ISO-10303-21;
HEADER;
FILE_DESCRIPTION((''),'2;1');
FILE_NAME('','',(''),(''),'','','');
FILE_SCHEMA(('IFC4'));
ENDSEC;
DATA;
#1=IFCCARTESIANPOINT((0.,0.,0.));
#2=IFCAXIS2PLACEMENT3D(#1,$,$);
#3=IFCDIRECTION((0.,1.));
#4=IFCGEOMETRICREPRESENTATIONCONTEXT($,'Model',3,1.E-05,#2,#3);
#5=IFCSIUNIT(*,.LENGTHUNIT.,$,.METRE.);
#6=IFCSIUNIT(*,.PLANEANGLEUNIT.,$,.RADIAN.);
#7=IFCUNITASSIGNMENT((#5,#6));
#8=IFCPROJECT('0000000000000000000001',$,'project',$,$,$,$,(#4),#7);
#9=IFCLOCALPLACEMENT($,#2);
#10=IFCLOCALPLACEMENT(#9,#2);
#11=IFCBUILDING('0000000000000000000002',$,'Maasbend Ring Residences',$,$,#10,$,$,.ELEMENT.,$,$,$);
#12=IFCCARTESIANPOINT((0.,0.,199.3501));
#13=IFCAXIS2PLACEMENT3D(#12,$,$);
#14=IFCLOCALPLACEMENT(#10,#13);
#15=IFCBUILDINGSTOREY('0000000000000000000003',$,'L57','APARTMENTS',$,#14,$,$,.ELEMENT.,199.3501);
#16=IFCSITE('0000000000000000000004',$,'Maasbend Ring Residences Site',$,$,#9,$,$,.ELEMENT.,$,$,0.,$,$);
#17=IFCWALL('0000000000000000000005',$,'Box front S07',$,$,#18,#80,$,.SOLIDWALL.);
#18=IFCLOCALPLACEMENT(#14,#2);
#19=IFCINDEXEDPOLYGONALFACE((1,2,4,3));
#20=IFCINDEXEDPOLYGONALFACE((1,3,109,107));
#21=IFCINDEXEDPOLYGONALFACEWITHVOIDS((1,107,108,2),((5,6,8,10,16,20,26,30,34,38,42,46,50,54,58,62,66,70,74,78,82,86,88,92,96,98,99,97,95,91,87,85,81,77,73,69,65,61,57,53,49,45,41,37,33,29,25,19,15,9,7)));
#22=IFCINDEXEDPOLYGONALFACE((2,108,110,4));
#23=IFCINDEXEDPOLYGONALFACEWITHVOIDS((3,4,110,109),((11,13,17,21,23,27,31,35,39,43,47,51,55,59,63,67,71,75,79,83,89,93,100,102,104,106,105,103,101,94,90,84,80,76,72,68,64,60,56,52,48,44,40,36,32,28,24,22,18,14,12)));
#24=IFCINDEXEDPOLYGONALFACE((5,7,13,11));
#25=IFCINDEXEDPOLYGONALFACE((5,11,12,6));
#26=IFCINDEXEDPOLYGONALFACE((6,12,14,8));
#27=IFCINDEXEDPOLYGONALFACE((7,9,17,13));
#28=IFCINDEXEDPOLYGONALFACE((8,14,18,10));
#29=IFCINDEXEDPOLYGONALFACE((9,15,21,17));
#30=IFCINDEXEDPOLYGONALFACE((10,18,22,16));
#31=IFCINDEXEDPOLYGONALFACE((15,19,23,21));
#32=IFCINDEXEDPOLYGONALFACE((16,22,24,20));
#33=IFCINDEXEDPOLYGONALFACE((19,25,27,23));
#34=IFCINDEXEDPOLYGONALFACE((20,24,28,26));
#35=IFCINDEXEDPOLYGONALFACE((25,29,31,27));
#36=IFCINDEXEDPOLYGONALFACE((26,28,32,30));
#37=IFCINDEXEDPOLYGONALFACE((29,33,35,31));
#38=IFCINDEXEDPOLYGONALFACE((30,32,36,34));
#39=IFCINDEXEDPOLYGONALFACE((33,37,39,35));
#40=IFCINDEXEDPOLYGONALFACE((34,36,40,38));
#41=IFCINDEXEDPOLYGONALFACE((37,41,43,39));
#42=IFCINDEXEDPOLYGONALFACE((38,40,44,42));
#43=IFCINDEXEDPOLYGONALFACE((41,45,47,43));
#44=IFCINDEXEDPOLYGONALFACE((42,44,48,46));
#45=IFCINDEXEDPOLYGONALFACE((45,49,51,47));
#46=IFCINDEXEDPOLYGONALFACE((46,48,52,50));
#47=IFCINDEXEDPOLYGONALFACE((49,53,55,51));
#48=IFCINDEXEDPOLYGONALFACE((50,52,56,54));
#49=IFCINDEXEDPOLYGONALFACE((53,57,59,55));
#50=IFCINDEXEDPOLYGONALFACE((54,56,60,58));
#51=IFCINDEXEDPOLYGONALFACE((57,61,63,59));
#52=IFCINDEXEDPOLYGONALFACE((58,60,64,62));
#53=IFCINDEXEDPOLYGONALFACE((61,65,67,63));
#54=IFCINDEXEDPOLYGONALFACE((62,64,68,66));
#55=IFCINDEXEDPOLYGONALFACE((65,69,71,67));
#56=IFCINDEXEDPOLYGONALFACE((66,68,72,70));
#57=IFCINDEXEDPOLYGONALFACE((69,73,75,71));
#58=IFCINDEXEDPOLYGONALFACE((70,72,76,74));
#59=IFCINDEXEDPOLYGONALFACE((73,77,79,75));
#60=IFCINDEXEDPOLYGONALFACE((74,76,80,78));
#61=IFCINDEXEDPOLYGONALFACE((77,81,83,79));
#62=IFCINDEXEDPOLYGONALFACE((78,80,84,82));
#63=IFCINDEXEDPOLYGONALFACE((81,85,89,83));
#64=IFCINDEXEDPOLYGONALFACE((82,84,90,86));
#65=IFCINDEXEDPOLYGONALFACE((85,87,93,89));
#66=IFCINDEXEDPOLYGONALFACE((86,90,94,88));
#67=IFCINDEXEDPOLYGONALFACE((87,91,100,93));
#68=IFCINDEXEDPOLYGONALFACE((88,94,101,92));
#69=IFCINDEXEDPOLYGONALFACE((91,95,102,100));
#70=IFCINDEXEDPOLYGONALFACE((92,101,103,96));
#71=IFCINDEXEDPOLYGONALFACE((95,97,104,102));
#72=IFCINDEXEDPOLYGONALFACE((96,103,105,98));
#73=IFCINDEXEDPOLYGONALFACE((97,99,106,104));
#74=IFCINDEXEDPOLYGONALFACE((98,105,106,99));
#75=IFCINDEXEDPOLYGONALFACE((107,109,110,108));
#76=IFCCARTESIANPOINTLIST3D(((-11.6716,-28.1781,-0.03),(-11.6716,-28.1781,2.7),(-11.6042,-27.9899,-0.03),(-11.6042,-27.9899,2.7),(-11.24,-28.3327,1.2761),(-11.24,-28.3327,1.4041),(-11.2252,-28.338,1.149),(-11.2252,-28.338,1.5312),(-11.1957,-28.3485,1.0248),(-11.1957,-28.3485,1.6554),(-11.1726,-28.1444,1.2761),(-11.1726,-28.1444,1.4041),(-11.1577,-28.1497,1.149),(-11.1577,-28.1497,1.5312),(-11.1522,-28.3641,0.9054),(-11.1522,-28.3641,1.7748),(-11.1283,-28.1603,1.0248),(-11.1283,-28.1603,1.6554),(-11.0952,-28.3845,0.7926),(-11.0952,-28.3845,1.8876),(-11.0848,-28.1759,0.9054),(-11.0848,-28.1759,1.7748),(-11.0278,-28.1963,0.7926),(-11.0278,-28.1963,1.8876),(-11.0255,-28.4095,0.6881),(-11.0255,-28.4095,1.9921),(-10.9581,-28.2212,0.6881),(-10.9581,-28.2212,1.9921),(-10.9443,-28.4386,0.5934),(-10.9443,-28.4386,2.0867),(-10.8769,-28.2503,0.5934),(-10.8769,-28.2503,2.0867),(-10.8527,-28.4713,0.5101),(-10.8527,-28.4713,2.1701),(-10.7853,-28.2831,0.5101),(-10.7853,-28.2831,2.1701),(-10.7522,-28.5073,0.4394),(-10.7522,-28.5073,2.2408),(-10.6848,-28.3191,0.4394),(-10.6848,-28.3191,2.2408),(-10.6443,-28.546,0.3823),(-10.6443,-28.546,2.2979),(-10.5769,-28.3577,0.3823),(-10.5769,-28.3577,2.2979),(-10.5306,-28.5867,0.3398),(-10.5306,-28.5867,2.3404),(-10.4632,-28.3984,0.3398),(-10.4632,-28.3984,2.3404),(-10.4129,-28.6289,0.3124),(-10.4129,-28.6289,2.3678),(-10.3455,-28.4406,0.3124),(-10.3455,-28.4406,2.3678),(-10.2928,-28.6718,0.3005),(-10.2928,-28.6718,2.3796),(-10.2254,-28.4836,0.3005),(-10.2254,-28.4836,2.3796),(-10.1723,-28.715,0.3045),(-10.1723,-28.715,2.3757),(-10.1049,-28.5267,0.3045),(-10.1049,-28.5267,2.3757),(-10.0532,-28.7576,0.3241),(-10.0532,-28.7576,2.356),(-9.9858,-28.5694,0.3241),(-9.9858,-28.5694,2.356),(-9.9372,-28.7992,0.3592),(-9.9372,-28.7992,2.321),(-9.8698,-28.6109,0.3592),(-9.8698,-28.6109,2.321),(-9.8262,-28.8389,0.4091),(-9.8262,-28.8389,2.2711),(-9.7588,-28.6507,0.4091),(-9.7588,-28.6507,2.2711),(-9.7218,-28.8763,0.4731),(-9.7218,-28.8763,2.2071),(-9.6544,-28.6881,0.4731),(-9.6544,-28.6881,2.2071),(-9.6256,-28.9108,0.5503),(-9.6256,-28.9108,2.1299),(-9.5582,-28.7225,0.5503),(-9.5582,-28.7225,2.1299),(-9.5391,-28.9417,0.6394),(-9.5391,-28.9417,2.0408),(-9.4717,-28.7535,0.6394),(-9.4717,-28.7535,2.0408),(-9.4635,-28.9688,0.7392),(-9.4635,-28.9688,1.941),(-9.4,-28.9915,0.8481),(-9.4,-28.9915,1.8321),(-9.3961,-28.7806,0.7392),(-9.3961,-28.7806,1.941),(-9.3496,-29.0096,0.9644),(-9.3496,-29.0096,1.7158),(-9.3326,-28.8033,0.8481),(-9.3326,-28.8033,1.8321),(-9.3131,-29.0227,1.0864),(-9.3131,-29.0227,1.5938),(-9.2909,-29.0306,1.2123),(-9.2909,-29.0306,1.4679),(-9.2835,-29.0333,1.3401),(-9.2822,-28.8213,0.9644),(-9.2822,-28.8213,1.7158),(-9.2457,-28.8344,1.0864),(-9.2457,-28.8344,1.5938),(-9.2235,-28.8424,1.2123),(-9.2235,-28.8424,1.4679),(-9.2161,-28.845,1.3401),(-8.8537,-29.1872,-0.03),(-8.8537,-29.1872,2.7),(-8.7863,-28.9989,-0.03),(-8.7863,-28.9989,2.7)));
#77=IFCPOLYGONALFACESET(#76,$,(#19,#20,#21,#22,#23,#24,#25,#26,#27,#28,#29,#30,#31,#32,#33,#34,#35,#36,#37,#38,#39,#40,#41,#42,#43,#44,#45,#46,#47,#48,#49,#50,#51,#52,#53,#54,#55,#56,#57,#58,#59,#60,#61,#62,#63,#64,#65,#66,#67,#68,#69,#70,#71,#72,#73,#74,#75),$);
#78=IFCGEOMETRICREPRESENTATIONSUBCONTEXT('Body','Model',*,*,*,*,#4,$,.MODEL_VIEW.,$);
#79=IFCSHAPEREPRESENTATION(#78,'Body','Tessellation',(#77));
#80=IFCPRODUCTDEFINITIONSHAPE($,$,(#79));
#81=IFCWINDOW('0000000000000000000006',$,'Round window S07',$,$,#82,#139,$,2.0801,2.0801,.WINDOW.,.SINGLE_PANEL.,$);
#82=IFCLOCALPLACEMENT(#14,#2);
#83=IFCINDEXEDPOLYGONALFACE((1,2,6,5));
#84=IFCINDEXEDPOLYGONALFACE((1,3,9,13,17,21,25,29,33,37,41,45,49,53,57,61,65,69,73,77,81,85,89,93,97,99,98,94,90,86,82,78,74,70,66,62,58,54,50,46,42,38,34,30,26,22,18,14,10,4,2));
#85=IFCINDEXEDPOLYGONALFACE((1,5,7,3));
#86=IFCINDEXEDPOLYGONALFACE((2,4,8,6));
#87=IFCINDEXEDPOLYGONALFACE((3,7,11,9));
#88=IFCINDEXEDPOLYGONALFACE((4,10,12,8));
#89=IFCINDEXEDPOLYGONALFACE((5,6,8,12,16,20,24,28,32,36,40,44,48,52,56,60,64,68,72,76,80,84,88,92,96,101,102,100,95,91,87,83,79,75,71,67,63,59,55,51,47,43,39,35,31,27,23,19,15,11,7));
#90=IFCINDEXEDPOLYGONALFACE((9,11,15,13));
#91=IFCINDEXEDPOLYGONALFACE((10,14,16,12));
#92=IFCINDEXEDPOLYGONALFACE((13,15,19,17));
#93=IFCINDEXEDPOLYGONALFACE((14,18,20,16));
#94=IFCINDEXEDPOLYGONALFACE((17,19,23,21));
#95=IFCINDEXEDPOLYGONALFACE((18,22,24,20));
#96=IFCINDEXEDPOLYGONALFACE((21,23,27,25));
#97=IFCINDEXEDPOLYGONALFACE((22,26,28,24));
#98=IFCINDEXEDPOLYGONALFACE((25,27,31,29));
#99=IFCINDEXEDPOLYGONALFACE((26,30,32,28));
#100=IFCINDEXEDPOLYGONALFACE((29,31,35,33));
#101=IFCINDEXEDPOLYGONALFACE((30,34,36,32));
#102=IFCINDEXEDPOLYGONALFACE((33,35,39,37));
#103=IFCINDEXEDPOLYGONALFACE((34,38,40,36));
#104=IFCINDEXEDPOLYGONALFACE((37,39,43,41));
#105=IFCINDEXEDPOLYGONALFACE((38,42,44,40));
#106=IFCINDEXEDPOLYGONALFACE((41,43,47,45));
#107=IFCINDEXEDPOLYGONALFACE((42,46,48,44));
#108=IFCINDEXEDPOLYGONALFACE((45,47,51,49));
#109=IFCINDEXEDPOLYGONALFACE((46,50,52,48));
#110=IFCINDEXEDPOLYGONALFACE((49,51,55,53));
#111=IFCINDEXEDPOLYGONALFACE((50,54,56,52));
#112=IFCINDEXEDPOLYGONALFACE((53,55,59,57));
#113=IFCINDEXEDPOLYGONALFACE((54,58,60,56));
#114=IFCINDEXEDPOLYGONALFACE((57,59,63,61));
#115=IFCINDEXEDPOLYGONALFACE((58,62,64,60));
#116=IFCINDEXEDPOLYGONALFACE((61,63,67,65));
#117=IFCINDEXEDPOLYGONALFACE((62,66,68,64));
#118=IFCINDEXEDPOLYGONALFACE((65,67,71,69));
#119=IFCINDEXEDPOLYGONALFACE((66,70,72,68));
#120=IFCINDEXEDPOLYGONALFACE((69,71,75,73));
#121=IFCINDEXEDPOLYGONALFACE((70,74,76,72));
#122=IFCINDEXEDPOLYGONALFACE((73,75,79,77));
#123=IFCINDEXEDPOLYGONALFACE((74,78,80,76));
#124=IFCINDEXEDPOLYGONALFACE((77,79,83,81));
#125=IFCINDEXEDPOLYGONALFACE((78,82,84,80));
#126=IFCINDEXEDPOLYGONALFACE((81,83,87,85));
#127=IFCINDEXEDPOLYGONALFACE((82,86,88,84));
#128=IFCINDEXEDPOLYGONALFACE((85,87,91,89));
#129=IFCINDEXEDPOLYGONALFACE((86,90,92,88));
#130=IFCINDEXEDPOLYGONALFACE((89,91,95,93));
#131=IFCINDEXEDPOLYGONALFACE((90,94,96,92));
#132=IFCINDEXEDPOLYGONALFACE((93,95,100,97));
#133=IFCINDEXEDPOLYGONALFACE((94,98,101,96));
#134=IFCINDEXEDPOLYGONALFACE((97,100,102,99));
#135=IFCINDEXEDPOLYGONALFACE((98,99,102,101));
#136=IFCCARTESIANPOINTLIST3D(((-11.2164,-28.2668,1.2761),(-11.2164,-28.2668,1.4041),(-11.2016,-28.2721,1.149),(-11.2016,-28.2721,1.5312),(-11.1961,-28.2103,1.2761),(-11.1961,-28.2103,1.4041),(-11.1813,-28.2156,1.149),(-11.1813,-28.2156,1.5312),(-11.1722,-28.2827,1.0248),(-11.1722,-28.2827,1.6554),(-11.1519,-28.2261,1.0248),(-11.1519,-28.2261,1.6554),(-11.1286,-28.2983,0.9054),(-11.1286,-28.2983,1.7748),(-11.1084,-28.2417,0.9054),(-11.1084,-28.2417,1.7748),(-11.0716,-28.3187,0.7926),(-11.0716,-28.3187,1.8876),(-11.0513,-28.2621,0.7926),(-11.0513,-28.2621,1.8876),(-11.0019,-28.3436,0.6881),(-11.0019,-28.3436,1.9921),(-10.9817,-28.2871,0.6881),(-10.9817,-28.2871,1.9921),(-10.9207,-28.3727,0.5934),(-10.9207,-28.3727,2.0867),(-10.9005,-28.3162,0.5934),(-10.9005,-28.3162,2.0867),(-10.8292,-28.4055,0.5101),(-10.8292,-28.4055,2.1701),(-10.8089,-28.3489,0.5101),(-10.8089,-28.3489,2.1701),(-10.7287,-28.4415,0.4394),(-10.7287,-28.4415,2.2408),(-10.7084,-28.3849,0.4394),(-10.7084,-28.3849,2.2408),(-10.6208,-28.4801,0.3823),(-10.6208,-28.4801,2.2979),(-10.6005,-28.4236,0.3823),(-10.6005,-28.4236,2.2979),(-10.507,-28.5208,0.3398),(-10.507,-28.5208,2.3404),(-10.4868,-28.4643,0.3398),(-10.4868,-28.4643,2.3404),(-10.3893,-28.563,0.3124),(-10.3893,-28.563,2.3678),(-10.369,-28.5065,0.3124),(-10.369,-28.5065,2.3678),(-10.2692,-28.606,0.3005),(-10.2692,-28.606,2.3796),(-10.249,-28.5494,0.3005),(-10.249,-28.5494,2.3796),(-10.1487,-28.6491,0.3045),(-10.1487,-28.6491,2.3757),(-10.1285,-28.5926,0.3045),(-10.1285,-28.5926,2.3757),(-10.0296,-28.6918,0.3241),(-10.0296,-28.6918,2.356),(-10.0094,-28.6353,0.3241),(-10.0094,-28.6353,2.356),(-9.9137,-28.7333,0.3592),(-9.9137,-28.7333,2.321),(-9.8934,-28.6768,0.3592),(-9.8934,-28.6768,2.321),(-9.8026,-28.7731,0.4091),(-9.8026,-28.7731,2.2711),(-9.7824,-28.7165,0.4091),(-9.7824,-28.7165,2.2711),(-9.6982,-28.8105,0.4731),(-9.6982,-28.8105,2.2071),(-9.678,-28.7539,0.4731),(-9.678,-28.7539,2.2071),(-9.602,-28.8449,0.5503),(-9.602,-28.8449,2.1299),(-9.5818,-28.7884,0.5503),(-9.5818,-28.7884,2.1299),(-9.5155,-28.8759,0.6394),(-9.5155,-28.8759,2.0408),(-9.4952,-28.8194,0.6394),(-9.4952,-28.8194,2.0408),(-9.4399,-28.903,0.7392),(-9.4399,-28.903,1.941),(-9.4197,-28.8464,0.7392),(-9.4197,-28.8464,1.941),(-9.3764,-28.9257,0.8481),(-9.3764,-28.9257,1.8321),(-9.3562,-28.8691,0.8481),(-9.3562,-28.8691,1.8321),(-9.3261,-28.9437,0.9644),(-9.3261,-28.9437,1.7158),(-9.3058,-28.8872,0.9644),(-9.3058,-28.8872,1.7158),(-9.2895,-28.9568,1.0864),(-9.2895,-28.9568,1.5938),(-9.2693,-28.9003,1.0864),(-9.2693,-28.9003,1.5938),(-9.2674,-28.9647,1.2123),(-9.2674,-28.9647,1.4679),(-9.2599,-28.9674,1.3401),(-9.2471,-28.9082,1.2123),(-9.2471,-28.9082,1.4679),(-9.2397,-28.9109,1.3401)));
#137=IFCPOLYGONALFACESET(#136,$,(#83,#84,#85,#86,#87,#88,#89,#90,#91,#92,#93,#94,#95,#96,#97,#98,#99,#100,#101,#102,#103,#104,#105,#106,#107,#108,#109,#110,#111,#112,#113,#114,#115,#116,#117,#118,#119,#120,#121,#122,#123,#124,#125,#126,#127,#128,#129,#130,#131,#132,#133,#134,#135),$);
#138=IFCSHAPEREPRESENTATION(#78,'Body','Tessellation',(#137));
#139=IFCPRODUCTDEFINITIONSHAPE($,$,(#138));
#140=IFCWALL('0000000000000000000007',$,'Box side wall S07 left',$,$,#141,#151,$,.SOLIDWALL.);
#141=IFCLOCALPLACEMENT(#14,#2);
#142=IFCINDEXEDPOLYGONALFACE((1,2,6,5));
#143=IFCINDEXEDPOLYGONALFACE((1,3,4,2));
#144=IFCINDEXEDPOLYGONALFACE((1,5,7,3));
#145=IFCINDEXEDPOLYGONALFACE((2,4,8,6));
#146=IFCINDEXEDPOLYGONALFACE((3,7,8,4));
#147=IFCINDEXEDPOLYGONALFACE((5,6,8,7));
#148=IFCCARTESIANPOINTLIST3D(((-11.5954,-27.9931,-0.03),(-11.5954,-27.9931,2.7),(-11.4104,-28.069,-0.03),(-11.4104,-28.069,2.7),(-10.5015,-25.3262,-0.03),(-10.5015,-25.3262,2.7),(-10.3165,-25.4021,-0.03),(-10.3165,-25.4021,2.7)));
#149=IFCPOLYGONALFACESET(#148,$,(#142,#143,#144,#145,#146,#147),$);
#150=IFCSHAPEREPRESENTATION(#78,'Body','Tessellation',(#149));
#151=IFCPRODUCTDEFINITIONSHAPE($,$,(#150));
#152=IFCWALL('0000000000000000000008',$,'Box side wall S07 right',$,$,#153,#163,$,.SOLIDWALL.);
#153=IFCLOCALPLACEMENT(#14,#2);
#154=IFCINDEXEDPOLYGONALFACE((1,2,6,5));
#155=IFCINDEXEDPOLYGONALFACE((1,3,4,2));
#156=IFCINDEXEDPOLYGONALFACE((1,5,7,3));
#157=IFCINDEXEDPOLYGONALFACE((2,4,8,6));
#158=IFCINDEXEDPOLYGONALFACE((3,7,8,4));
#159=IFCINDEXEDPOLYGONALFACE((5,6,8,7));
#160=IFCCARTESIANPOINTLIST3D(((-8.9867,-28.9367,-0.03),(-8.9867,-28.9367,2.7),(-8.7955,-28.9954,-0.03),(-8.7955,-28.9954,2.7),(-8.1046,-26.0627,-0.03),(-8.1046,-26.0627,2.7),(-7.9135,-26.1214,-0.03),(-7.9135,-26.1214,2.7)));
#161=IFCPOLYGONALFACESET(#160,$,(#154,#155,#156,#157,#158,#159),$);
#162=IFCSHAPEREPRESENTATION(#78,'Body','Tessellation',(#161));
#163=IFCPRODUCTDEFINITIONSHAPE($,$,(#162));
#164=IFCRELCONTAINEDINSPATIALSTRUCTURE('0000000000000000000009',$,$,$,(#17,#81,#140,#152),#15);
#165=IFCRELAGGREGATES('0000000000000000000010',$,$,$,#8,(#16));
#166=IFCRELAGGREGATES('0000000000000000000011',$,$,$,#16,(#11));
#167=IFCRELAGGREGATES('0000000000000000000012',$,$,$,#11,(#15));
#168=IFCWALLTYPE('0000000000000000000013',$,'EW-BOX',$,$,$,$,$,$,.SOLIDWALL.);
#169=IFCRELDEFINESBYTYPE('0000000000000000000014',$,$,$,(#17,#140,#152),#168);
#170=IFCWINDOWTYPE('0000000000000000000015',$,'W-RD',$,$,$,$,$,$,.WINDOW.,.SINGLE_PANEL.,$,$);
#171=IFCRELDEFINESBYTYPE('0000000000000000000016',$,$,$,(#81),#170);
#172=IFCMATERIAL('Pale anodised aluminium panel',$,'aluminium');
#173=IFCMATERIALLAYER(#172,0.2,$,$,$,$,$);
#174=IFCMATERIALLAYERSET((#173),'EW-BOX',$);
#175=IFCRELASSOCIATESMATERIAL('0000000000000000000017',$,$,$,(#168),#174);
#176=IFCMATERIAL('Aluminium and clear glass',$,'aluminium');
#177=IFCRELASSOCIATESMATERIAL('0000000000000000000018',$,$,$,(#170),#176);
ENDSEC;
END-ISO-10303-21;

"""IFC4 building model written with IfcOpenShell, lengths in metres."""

from ifc_helpers import new_model, si_unit, direction, frame, frame_2d, origin, place, context, subcontext, project, spatial, rectangle, circle, extrude, material, layer, layer_set, type_object, element, fill, save


model = new_model("IFC4")

# Units and contexts
model_context = context("Model", 3, precision=1e-05, world=origin(), true_north=direction((0.0, 1.0)))
body_context = subcontext(model_context, "Body", "Model", "MODEL_VIEW")
ifc_project = project(units=[si_unit("LENGTHUNIT", "METRE"), si_unit("PLANEANGLEUNIT", "RADIAN")], contexts=[model_context])

# Site, building, storey
site_placement = place(None, origin())
site = spatial("IfcSite", under=ifc_project, at=site_placement, Name="Maasbend Ring Residences Site", CompositionType="ELEMENT", RefElevation=0.0)
building_placement = place(site_placement, origin())
building = spatial("IfcBuilding", under=site, at=building_placement, Name="Maasbend Ring Residences", CompositionType="ELEMENT")
storey_placement = place(building_placement, frame((0.0, 0.0, 199.3501)))
storey = spatial("IfcBuildingStorey", under=building, at=storey_placement, Name="L57", Description="APARTMENTS", CompositionType="ELEMENT", Elevation=199.3501)

# Wall, opening, window
ifc_material_1 = material(Name="Pale anodised aluminium panel", Category="aluminium")
ifc_layer_1 = layer(ifc_material_1, 0.2)
ifc_layer_set_1 = layer_set([ifc_layer_1], Name="EW-BOX")
wall_type_1 = type_object("IfcWallType", Name="EW-BOX", PredefinedType="SOLIDWALL", material=ifc_layer_set_1)
wall_1_placement = place(storey_placement, frame((-11.6379, -28.084, -0.03), z_axis=(0.0, 0.0, 1.0), x_axis=(0.941461, -0.337122, 0.0)))
wall_1 = element("IfcWall", 1, at=wall_1_placement, inside=storey, type_object=wall_type_1, Name="Box front S07", PredefinedType="SOLIDWALL", context=body_context, shape_type="SweptSolid", body=[
    extrude(rectangle(XDim=2.9932, YDim=0.2, at=frame_2d((1.4966, 0.0))), origin(), (0.0, 0.0, 1.0), 2.73),
])
opening_1_placement = place(wall_1_placement, frame((0.4565, 0.0, 0.3301)))
opening_1 = element("IfcOpeningElement", 2, at=opening_1_placement, cuts=wall_1, PredefinedType="OPENING", context=body_context, shape_type="SweptSolid", body=[
    extrude(circle(Radius=1.04, at=frame_2d((1.04, 1.04))), frame((0.0, 0.1099, 0.0), z_axis=(0.0, -1.0, 0.0), x_axis=(1.0, 0.0, 0.0)), (0.0, 0.0, 1.0), 0.22),
])
ifc_material_2 = material(Name="Aluminium and clear glass", Category="aluminium")
window_type_1 = type_object("IfcWindowType", Name="W-RD", PartitioningType="SINGLE_PANEL", PredefinedType="WINDOW", material=ifc_material_2)
window_1_placement = place(opening_1_placement, origin())
window_1 = element("IfcWindow", 3, at=window_1_placement, inside=storey, type_object=window_type_1, Name="Round window S07", OverallHeight=2.0801, OverallWidth=2.0801, PartitioningType="SINGLE_PANEL", PredefinedType="WINDOW", context=body_context, shape_type="SweptSolid", body=[
    extrude(circle(Radius=1.04, at=frame_2d((1.04, 1.04))), frame((0.0, 0.03, 0.0), z_axis=(0.0, -1.0, 0.0), x_axis=(1.0, 0.0, 0.0)), (0.0, 0.0, 1.0), 0.0601),
])
fill(opening_1, window_1)

# Walls
wall_2_placement = place(storey_placement, frame((-10.4089, -25.364, -0.03), z_axis=(0.0, 0.0, 1.0), x_axis=(-0.37951, -0.925188, 0.0)))
element("IfcWall", 4, at=wall_2_placement, inside=storey, type_object=wall_type_1, Name="Box side wall S07 left", PredefinedType="SOLIDWALL", context=body_context, shape_type="SweptSolid", body=[
    extrude(rectangle(XDim=2.8826, YDim=0.2, at=frame_2d((1.4414, 0.0))), origin(), (0.0, 0.0, 1.0), 2.73),
])
wall_3_placement = place(storey_placement, frame((-8.009, -26.092, -0.03), z_axis=(0.0, 0.0, 1.0), x_axis=(-0.293407, -0.955988, 0.0)))
element("IfcWall", 5, at=wall_3_placement, inside=storey, type_object=wall_type_1, Name="Box side wall S07 right", PredefinedType="SOLIDWALL", context=body_context, shape_type="SweptSolid", body=[
    extrude(rectangle(XDim=3.0063, YDim=0.2, at=frame_2d((1.5032, 0.0))), origin(), (0.0, 0.0, 1.0), 2.73),
])

save(model, "model.ifc")
